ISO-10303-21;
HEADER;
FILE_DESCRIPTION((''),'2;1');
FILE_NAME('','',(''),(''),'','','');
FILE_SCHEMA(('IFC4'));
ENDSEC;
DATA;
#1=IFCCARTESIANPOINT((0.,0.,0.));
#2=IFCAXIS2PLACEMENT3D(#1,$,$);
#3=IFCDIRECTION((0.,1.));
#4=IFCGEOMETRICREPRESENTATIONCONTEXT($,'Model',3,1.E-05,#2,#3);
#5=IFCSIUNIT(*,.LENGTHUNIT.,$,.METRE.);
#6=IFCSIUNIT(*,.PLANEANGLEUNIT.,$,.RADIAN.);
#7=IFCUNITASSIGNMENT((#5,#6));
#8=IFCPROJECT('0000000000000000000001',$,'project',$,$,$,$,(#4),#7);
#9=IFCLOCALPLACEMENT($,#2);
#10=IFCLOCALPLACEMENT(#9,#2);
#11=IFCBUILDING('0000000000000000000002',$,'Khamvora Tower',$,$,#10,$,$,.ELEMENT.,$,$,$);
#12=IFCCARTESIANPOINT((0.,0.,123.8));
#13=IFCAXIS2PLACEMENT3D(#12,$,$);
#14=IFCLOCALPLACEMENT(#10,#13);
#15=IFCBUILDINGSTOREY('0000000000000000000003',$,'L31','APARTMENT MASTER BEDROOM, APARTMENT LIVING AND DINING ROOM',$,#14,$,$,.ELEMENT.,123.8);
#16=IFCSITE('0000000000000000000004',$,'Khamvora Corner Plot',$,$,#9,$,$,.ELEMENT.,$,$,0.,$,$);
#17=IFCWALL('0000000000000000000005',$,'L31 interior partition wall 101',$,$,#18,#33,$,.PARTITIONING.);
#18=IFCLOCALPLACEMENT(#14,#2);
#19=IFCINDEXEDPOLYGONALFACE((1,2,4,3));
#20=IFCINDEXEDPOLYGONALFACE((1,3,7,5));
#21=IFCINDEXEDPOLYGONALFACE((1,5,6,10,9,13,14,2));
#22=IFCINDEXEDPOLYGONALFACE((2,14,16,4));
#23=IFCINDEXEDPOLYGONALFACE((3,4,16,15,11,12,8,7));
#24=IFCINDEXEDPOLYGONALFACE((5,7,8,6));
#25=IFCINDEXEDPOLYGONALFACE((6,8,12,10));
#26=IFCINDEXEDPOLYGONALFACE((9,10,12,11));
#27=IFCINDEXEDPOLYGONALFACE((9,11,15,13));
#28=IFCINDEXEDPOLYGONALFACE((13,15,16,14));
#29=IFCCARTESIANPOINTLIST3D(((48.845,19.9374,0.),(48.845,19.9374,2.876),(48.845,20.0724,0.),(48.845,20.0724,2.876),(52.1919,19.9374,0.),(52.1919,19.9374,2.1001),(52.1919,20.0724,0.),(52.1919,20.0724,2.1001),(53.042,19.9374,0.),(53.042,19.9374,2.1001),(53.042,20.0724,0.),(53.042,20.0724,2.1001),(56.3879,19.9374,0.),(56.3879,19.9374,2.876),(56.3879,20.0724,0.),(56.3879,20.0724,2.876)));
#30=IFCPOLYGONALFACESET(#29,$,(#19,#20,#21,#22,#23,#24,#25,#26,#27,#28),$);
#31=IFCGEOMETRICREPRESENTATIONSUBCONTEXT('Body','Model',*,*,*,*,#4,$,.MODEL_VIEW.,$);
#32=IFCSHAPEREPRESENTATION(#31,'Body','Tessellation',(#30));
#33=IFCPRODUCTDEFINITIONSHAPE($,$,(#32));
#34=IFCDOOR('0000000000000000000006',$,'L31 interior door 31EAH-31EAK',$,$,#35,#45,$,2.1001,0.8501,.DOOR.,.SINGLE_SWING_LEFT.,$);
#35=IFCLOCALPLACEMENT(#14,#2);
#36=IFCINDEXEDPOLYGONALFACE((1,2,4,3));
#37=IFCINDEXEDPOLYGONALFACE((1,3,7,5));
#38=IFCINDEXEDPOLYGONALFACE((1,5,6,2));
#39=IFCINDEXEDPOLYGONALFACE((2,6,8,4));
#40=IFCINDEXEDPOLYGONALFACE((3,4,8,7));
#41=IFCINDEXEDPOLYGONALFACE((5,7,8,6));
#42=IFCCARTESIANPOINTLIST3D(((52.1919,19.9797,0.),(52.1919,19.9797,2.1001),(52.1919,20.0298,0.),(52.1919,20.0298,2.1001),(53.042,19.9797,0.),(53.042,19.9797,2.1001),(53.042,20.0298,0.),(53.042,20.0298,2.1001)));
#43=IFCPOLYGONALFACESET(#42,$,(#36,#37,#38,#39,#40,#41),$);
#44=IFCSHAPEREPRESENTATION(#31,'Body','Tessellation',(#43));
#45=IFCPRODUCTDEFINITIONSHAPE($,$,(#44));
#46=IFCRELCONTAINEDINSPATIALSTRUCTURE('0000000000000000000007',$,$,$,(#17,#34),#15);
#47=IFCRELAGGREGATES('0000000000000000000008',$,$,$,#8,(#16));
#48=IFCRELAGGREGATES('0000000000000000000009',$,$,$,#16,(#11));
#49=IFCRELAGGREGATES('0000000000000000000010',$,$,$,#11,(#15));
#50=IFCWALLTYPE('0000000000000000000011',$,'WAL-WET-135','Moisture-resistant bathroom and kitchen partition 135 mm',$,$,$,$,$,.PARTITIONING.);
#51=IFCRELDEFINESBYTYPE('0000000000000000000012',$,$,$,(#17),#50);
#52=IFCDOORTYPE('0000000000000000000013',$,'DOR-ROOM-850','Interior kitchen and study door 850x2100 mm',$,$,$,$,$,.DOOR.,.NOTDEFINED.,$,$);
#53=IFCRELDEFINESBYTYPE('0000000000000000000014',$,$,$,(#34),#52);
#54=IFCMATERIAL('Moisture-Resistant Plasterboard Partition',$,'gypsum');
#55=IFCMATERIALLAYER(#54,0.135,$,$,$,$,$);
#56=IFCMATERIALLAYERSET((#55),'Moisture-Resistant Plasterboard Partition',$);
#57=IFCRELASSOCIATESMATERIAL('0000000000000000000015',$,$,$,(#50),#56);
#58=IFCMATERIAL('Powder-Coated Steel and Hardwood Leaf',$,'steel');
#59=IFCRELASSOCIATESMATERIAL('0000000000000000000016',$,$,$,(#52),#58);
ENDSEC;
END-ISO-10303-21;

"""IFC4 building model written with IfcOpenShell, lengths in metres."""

from ifc_helpers import new_model, si_unit, direction, frame, frame_2d, origin, place, context, subcontext, project, spatial, rectangle, extrude, material, layer, layer_set, type_object, element, fill, save


model = new_model("IFC4")

# Units and contexts
model_context = context("Model", 3, precision=1e-05, world=origin(), true_north=direction((0.0, 1.0)))
body_context = subcontext(model_context, "Body", "Model", "MODEL_VIEW")
ifc_project = project(units=[si_unit("LENGTHUNIT", "METRE"), si_unit("PLANEANGLEUNIT", "RADIAN")], contexts=[model_context])

# Site, building, storey
site_placement = place(None, origin())
site = spatial("IfcSite", under=ifc_project, at=site_placement, Name="Khamvora Corner Plot", CompositionType="ELEMENT", RefElevation=0.0)
building_placement = place(site_placement, origin())
building = spatial("IfcBuilding", under=site, at=building_placement, Name="Khamvora Tower", CompositionType="ELEMENT")
storey_placement = place(building_placement, frame((0.0, 0.0, 123.8)))
storey = spatial("IfcBuildingStorey", under=building, at=storey_placement, Name="L31", Description="APARTMENT MASTER BEDROOM, APARTMENT LIVING AND DINING ROOM", CompositionType="ELEMENT", Elevation=123.8)

# Shared definitions
ifc_material_1 = material(Name="Powder-Coated Steel and Hardwood Leaf", Category="steel")
ifc_material_2 = material(Name="Moisture-Resistant Plasterboard Partition", Category="gypsum")
ifc_layer_1 = layer(ifc_material_2, 0.135)
ifc_layer_set_1 = layer_set([ifc_layer_1], Name="Moisture-Resistant Plasterboard Partition")
wall_type_1 = type_object("IfcWallType", Name="WAL-WET-135", Description="Moisture-resistant bathroom and kitchen partition 135 mm", PredefinedType="PARTITIONING", material=ifc_layer_set_1)

# Wall, opening, door
wall_1_placement = place(storey_placement, frame((48.845, 20.0049, 0.0), z_axis=(0.0, 0.0, 1.0), x_axis=(1.0, 0.0, 0.0)))
wall_1 = element("IfcWall", 1, at=wall_1_placement, inside=storey, type_object=wall_type_1, Name="L31 interior partition wall 101", PredefinedType="PARTITIONING", context=body_context, shape_type="SweptSolid", body=[
    extrude(rectangle(XDim=7.543, YDim=0.135, at=frame_2d((3.7715, 0.0))), origin(), (0.0, 0.0, 1.0), 2.876),
])
opening_1_placement = place(wall_1_placement, frame((3.3469, 0.0, 0.0)))
opening_1 = element("IfcOpeningElement", 2, at=opening_1_placement, cuts=wall_1, PredefinedType="OPENING", context=body_context, shape_type="SweptSolid", body=[
    extrude(rectangle(XDim=0.8501, YDim=2.1001, at=frame_2d((0.425, 1.05))), frame((0.0, 0.0774, 0.0), z_axis=(0.0, -1.0, 0.0), x_axis=(1.0, 0.0, 0.0)), (0.0, 0.0, 1.0), 0.155),
])
door_type_1 = type_object("IfcDoorType", Name="DOR-ROOM-850", Description="Interior kitchen and study door 850x2100 mm", OperationType="NOTDEFINED", PredefinedType="DOOR", material=ifc_material_1)
door_1_placement = place(opening_1_placement, origin())
door_1 = element("IfcDoor", 3, at=door_1_placement, inside=storey, type_object=door_type_1, Name="L31 interior door 31EAH-31EAK", OperationType="SINGLE_SWING_LEFT", OverallHeight=2.1001, OverallWidth=0.8501, PredefinedType="DOOR", context=body_context, shape_type="SweptSolid", body=[
    extrude(rectangle(XDim=0.8501, YDim=2.1001, at=frame_2d((0.425, 1.05))), frame((0.0, 0.0249, 0.0), z_axis=(0.0, -1.0, 0.0), x_axis=(1.0, 0.0, 0.0)), (0.0, 0.0, 1.0), 0.05),
])
fill(opening_1, door_1)

save(model, "model.ifc")
